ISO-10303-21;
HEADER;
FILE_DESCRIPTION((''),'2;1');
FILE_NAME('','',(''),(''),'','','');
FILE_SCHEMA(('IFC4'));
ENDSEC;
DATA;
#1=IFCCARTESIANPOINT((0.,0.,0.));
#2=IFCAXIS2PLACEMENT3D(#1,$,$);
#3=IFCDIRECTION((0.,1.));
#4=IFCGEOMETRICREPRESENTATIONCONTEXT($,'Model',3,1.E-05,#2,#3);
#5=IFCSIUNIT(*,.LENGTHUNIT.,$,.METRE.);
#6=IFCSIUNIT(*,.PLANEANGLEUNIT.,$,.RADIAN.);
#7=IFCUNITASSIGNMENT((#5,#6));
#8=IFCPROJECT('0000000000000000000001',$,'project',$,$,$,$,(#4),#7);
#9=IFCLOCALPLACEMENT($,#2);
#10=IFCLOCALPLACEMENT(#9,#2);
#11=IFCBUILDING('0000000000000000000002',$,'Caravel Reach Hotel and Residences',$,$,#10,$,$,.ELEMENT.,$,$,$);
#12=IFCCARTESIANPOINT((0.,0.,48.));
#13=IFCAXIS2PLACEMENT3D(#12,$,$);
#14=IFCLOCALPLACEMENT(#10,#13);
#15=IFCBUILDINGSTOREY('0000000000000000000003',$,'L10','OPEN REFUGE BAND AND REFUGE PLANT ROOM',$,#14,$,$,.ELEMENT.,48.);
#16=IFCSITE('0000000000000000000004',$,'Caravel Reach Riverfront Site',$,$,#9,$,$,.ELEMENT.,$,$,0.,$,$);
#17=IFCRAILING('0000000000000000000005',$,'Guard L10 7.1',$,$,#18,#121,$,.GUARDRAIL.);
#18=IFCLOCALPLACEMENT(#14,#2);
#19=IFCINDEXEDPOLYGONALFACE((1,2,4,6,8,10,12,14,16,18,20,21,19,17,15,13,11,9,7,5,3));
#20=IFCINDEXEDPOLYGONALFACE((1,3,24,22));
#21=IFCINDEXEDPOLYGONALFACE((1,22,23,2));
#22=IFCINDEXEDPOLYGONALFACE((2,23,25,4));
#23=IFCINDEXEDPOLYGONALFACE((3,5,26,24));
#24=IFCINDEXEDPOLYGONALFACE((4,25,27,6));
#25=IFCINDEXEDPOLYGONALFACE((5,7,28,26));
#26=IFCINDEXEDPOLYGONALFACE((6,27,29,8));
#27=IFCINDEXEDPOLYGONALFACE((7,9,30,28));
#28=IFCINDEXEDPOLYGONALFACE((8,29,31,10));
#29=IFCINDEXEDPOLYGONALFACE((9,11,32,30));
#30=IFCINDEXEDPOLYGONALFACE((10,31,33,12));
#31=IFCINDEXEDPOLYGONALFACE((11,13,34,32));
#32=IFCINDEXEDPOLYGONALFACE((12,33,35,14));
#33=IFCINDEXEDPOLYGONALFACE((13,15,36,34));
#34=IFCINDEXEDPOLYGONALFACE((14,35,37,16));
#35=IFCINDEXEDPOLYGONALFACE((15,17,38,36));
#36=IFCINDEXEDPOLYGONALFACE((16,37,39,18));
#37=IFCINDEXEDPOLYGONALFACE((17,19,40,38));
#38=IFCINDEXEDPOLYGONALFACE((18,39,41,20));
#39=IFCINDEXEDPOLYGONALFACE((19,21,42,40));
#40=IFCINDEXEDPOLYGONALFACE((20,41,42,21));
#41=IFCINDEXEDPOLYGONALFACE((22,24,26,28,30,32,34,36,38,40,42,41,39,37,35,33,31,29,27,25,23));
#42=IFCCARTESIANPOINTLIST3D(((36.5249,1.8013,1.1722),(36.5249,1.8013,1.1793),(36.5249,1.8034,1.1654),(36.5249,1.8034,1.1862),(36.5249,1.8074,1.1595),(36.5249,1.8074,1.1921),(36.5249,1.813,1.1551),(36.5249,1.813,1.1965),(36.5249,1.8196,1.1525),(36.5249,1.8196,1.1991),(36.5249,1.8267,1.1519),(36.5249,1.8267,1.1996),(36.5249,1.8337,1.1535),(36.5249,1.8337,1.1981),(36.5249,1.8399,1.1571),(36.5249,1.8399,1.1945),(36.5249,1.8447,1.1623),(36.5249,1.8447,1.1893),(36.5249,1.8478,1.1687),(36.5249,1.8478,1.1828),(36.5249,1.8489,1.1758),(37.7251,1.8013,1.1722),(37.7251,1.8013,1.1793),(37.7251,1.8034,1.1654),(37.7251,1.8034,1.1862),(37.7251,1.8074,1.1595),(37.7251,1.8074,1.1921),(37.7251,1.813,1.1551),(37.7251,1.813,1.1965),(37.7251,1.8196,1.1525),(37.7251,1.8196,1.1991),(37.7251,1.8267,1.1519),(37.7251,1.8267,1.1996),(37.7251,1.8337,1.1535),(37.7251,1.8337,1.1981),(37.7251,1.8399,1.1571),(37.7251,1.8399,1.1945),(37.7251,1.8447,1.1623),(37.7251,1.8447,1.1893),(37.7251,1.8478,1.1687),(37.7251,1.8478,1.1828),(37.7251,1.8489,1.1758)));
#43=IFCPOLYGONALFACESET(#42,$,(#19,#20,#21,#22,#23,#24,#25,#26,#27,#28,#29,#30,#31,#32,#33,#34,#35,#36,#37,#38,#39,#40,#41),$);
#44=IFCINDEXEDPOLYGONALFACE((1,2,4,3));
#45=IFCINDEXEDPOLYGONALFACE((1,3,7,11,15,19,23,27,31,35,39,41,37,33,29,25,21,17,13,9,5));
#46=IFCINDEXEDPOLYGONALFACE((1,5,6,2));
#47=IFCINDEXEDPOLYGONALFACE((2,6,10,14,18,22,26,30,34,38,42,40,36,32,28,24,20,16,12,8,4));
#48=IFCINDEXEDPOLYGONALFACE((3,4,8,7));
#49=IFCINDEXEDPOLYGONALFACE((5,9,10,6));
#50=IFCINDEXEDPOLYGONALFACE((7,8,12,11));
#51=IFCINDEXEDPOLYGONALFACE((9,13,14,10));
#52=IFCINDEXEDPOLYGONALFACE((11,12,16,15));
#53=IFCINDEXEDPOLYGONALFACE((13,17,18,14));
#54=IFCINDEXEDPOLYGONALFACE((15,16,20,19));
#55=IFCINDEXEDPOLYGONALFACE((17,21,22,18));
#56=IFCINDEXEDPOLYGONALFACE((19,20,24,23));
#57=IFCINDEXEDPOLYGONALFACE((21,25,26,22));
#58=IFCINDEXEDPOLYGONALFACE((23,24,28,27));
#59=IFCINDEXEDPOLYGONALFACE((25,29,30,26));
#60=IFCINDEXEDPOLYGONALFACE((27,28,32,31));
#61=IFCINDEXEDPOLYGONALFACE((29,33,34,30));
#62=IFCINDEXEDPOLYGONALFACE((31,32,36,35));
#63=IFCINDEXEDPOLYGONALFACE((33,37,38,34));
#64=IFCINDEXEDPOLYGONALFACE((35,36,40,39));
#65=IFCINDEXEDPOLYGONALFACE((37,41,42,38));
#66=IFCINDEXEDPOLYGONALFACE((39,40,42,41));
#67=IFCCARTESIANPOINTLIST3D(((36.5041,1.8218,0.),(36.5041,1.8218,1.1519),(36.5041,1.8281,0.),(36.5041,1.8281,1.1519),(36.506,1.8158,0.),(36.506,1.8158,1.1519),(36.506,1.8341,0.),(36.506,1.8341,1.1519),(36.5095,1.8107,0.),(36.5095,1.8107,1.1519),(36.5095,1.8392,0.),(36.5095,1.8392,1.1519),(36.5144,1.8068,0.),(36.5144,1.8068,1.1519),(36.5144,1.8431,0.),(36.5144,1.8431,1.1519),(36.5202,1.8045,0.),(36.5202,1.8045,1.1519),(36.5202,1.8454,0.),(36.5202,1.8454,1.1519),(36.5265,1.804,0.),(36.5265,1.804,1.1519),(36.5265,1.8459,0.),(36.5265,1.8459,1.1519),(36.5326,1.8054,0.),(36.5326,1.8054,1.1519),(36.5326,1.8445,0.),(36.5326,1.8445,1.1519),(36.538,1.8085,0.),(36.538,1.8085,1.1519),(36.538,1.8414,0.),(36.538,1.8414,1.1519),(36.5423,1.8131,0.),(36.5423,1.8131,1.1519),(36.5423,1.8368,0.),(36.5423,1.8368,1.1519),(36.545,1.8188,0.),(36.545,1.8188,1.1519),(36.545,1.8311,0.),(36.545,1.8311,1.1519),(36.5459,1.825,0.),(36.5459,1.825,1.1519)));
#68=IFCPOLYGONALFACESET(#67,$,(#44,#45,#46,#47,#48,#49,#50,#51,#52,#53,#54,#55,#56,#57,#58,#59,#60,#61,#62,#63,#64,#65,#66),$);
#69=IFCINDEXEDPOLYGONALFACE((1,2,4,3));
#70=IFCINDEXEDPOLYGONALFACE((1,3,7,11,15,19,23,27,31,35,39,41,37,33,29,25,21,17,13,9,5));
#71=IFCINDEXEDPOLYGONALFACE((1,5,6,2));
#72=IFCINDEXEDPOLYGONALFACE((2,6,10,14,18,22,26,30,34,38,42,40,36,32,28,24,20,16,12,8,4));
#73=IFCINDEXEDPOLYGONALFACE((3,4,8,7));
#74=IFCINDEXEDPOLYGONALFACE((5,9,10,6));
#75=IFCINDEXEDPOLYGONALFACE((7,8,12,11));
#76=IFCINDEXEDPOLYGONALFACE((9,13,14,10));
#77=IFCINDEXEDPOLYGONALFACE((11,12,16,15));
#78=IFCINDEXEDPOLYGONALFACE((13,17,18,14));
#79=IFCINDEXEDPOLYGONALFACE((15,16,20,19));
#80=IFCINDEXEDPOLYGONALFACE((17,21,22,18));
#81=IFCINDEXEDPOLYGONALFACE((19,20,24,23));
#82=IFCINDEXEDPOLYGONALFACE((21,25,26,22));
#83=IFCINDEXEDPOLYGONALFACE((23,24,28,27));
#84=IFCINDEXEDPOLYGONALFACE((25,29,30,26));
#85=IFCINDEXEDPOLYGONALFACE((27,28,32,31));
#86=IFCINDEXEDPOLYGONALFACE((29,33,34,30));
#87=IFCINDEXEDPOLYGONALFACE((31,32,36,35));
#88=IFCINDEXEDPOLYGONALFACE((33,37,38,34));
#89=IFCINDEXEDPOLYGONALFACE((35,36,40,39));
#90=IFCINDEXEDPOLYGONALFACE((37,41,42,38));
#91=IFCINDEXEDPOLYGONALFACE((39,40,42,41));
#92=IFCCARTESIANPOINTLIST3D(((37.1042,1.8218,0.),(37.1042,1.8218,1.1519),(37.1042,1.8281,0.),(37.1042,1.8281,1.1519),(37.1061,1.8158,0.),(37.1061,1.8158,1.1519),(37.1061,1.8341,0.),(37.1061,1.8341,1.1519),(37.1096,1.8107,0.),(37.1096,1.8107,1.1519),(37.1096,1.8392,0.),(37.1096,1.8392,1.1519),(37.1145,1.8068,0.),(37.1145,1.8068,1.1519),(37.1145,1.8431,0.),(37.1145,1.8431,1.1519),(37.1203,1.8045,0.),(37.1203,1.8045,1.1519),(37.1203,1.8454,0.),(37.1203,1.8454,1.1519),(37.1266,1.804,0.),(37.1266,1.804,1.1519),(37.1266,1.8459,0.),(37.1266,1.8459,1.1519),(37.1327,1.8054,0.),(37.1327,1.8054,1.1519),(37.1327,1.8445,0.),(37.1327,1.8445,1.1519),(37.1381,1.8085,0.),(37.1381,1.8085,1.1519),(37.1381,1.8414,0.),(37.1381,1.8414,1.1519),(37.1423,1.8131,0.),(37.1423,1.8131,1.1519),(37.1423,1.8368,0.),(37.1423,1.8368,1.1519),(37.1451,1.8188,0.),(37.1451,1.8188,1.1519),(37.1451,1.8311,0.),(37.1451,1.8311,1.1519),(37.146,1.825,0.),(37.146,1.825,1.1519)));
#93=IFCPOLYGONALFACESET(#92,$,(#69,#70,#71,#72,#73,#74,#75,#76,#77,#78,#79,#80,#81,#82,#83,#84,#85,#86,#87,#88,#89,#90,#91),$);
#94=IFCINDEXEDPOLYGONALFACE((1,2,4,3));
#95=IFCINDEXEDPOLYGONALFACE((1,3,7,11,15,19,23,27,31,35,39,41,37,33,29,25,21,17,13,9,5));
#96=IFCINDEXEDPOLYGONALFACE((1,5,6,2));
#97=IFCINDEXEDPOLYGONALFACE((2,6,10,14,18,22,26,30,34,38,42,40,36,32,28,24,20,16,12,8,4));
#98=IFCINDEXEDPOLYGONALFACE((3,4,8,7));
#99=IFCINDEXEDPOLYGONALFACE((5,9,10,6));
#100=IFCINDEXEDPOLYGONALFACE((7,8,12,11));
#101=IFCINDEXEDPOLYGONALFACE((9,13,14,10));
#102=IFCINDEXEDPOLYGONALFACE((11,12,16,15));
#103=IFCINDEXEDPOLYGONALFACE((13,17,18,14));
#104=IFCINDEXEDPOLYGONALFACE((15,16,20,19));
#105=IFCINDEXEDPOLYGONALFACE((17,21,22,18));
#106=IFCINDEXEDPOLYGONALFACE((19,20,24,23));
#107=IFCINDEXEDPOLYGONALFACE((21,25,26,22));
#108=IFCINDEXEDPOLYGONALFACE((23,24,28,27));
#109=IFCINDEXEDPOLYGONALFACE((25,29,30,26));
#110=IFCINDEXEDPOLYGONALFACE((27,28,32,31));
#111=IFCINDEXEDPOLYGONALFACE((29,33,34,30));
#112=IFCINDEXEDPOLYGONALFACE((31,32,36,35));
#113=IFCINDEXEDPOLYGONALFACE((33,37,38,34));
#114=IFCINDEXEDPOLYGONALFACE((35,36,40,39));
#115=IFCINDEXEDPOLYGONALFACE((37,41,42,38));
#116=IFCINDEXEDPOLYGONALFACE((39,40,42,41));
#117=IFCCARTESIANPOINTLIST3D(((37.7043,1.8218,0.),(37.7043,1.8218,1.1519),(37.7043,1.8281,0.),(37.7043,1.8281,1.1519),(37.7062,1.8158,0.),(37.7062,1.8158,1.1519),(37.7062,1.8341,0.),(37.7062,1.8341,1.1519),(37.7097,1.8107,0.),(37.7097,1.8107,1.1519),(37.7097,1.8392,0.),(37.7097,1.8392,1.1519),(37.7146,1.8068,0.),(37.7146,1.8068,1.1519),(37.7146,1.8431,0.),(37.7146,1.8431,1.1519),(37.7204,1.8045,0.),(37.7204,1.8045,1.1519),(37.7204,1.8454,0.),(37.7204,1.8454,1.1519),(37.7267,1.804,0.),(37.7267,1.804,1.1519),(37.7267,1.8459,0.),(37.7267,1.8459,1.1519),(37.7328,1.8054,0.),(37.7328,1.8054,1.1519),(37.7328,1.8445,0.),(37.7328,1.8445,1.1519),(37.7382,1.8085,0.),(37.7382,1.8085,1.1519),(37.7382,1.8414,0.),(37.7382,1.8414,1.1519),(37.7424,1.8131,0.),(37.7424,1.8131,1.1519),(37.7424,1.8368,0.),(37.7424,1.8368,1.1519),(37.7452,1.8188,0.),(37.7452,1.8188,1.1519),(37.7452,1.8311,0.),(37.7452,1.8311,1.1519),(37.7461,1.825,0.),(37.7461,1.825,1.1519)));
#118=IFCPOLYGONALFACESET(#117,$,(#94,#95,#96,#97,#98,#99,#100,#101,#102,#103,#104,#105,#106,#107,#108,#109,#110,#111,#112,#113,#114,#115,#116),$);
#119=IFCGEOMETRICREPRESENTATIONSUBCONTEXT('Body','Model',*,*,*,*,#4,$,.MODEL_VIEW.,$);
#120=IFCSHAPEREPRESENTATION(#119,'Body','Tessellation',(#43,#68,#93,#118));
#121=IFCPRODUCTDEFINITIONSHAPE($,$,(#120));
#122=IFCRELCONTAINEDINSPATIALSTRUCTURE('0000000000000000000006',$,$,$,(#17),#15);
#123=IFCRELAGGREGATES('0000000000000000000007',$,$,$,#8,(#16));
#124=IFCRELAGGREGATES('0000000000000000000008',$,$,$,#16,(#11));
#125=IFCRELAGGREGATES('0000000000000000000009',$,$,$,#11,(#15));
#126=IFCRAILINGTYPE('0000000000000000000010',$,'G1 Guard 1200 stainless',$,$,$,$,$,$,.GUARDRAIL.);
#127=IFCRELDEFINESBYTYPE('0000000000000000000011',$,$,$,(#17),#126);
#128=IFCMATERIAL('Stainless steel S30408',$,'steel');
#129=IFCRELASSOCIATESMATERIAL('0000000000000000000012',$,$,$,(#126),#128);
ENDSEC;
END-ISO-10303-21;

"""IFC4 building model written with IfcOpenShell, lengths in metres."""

from ifc_helpers import new_model, si_unit, direction, frame, origin, origin_2d, place, context, subcontext, project, spatial, circle, extrude, material, type_object, element, save


model = new_model("IFC4")

# Units and contexts
model_context = context("Model", 3, precision=1e-05, world=origin(), true_north=direction((0.0, 1.0)))
body_context = subcontext(model_context, "Body", "Model", "MODEL_VIEW")
ifc_project = project(units=[si_unit("LENGTHUNIT", "METRE"), si_unit("PLANEANGLEUNIT", "RADIAN")], contexts=[model_context])

# Site, building, storey
site_placement = place(None, origin())
site = spatial("IfcSite", under=ifc_project, at=site_placement, Name="Caravel Reach Riverfront Site", CompositionType="ELEMENT", RefElevation=0.0)
building_placement = place(site_placement, origin())
building = spatial("IfcBuilding", under=site, at=building_placement, Name="Caravel Reach Hotel and Residences", CompositionType="ELEMENT")
storey_placement = place(building_placement, frame((0.0, 0.0, 48.0)))
storey = spatial("IfcBuildingStorey", under=building, at=storey_placement, Name="L10", Description="OPEN REFUGE BAND AND REFUGE PLANT ROOM", CompositionType="ELEMENT", Elevation=48.0)

# Railing
ifc_material_1 = material(Name="Stainless steel S30408", Category="steel")
railing_type = type_object("IfcRailingType", Name="G1 Guard 1200 stainless", PredefinedType="GUARDRAIL", material=ifc_material_1)
railing_1_placement = place(storey_placement, frame((36.5249, 1.825, 0.0)))
element("IfcRailing", 1, at=railing_1_placement, inside=storey, type_object=railing_type, Name="Guard L10 7.1", PredefinedType="GUARDRAIL", context=body_context, shape_type="SweptSolid", body=[
    extrude(circle(Radius=0.0239, at=origin_2d()), frame((0.0, 0.0, 1.1758), z_axis=(1.0, 0.0, 0.0), x_axis=(0.0, 1.0, 0.0)), (0.0, 0.0, 1.0), 1.2002),
    extrude(circle(Radius=0.021, at=origin_2d()), origin(), (0.0, 0.0, 1.0), 1.1519),
    extrude(circle(Radius=0.021, at=origin_2d()), frame((0.6001, 0.0, 0.0)), (0.0, 0.0, 1.0), 1.1519),
    extrude(circle(Radius=0.021, at=origin_2d()), frame((1.2002, 0.0, 0.0)), (0.0, 0.0, 1.0), 1.1519),
])

save(model, "model.ifc")
